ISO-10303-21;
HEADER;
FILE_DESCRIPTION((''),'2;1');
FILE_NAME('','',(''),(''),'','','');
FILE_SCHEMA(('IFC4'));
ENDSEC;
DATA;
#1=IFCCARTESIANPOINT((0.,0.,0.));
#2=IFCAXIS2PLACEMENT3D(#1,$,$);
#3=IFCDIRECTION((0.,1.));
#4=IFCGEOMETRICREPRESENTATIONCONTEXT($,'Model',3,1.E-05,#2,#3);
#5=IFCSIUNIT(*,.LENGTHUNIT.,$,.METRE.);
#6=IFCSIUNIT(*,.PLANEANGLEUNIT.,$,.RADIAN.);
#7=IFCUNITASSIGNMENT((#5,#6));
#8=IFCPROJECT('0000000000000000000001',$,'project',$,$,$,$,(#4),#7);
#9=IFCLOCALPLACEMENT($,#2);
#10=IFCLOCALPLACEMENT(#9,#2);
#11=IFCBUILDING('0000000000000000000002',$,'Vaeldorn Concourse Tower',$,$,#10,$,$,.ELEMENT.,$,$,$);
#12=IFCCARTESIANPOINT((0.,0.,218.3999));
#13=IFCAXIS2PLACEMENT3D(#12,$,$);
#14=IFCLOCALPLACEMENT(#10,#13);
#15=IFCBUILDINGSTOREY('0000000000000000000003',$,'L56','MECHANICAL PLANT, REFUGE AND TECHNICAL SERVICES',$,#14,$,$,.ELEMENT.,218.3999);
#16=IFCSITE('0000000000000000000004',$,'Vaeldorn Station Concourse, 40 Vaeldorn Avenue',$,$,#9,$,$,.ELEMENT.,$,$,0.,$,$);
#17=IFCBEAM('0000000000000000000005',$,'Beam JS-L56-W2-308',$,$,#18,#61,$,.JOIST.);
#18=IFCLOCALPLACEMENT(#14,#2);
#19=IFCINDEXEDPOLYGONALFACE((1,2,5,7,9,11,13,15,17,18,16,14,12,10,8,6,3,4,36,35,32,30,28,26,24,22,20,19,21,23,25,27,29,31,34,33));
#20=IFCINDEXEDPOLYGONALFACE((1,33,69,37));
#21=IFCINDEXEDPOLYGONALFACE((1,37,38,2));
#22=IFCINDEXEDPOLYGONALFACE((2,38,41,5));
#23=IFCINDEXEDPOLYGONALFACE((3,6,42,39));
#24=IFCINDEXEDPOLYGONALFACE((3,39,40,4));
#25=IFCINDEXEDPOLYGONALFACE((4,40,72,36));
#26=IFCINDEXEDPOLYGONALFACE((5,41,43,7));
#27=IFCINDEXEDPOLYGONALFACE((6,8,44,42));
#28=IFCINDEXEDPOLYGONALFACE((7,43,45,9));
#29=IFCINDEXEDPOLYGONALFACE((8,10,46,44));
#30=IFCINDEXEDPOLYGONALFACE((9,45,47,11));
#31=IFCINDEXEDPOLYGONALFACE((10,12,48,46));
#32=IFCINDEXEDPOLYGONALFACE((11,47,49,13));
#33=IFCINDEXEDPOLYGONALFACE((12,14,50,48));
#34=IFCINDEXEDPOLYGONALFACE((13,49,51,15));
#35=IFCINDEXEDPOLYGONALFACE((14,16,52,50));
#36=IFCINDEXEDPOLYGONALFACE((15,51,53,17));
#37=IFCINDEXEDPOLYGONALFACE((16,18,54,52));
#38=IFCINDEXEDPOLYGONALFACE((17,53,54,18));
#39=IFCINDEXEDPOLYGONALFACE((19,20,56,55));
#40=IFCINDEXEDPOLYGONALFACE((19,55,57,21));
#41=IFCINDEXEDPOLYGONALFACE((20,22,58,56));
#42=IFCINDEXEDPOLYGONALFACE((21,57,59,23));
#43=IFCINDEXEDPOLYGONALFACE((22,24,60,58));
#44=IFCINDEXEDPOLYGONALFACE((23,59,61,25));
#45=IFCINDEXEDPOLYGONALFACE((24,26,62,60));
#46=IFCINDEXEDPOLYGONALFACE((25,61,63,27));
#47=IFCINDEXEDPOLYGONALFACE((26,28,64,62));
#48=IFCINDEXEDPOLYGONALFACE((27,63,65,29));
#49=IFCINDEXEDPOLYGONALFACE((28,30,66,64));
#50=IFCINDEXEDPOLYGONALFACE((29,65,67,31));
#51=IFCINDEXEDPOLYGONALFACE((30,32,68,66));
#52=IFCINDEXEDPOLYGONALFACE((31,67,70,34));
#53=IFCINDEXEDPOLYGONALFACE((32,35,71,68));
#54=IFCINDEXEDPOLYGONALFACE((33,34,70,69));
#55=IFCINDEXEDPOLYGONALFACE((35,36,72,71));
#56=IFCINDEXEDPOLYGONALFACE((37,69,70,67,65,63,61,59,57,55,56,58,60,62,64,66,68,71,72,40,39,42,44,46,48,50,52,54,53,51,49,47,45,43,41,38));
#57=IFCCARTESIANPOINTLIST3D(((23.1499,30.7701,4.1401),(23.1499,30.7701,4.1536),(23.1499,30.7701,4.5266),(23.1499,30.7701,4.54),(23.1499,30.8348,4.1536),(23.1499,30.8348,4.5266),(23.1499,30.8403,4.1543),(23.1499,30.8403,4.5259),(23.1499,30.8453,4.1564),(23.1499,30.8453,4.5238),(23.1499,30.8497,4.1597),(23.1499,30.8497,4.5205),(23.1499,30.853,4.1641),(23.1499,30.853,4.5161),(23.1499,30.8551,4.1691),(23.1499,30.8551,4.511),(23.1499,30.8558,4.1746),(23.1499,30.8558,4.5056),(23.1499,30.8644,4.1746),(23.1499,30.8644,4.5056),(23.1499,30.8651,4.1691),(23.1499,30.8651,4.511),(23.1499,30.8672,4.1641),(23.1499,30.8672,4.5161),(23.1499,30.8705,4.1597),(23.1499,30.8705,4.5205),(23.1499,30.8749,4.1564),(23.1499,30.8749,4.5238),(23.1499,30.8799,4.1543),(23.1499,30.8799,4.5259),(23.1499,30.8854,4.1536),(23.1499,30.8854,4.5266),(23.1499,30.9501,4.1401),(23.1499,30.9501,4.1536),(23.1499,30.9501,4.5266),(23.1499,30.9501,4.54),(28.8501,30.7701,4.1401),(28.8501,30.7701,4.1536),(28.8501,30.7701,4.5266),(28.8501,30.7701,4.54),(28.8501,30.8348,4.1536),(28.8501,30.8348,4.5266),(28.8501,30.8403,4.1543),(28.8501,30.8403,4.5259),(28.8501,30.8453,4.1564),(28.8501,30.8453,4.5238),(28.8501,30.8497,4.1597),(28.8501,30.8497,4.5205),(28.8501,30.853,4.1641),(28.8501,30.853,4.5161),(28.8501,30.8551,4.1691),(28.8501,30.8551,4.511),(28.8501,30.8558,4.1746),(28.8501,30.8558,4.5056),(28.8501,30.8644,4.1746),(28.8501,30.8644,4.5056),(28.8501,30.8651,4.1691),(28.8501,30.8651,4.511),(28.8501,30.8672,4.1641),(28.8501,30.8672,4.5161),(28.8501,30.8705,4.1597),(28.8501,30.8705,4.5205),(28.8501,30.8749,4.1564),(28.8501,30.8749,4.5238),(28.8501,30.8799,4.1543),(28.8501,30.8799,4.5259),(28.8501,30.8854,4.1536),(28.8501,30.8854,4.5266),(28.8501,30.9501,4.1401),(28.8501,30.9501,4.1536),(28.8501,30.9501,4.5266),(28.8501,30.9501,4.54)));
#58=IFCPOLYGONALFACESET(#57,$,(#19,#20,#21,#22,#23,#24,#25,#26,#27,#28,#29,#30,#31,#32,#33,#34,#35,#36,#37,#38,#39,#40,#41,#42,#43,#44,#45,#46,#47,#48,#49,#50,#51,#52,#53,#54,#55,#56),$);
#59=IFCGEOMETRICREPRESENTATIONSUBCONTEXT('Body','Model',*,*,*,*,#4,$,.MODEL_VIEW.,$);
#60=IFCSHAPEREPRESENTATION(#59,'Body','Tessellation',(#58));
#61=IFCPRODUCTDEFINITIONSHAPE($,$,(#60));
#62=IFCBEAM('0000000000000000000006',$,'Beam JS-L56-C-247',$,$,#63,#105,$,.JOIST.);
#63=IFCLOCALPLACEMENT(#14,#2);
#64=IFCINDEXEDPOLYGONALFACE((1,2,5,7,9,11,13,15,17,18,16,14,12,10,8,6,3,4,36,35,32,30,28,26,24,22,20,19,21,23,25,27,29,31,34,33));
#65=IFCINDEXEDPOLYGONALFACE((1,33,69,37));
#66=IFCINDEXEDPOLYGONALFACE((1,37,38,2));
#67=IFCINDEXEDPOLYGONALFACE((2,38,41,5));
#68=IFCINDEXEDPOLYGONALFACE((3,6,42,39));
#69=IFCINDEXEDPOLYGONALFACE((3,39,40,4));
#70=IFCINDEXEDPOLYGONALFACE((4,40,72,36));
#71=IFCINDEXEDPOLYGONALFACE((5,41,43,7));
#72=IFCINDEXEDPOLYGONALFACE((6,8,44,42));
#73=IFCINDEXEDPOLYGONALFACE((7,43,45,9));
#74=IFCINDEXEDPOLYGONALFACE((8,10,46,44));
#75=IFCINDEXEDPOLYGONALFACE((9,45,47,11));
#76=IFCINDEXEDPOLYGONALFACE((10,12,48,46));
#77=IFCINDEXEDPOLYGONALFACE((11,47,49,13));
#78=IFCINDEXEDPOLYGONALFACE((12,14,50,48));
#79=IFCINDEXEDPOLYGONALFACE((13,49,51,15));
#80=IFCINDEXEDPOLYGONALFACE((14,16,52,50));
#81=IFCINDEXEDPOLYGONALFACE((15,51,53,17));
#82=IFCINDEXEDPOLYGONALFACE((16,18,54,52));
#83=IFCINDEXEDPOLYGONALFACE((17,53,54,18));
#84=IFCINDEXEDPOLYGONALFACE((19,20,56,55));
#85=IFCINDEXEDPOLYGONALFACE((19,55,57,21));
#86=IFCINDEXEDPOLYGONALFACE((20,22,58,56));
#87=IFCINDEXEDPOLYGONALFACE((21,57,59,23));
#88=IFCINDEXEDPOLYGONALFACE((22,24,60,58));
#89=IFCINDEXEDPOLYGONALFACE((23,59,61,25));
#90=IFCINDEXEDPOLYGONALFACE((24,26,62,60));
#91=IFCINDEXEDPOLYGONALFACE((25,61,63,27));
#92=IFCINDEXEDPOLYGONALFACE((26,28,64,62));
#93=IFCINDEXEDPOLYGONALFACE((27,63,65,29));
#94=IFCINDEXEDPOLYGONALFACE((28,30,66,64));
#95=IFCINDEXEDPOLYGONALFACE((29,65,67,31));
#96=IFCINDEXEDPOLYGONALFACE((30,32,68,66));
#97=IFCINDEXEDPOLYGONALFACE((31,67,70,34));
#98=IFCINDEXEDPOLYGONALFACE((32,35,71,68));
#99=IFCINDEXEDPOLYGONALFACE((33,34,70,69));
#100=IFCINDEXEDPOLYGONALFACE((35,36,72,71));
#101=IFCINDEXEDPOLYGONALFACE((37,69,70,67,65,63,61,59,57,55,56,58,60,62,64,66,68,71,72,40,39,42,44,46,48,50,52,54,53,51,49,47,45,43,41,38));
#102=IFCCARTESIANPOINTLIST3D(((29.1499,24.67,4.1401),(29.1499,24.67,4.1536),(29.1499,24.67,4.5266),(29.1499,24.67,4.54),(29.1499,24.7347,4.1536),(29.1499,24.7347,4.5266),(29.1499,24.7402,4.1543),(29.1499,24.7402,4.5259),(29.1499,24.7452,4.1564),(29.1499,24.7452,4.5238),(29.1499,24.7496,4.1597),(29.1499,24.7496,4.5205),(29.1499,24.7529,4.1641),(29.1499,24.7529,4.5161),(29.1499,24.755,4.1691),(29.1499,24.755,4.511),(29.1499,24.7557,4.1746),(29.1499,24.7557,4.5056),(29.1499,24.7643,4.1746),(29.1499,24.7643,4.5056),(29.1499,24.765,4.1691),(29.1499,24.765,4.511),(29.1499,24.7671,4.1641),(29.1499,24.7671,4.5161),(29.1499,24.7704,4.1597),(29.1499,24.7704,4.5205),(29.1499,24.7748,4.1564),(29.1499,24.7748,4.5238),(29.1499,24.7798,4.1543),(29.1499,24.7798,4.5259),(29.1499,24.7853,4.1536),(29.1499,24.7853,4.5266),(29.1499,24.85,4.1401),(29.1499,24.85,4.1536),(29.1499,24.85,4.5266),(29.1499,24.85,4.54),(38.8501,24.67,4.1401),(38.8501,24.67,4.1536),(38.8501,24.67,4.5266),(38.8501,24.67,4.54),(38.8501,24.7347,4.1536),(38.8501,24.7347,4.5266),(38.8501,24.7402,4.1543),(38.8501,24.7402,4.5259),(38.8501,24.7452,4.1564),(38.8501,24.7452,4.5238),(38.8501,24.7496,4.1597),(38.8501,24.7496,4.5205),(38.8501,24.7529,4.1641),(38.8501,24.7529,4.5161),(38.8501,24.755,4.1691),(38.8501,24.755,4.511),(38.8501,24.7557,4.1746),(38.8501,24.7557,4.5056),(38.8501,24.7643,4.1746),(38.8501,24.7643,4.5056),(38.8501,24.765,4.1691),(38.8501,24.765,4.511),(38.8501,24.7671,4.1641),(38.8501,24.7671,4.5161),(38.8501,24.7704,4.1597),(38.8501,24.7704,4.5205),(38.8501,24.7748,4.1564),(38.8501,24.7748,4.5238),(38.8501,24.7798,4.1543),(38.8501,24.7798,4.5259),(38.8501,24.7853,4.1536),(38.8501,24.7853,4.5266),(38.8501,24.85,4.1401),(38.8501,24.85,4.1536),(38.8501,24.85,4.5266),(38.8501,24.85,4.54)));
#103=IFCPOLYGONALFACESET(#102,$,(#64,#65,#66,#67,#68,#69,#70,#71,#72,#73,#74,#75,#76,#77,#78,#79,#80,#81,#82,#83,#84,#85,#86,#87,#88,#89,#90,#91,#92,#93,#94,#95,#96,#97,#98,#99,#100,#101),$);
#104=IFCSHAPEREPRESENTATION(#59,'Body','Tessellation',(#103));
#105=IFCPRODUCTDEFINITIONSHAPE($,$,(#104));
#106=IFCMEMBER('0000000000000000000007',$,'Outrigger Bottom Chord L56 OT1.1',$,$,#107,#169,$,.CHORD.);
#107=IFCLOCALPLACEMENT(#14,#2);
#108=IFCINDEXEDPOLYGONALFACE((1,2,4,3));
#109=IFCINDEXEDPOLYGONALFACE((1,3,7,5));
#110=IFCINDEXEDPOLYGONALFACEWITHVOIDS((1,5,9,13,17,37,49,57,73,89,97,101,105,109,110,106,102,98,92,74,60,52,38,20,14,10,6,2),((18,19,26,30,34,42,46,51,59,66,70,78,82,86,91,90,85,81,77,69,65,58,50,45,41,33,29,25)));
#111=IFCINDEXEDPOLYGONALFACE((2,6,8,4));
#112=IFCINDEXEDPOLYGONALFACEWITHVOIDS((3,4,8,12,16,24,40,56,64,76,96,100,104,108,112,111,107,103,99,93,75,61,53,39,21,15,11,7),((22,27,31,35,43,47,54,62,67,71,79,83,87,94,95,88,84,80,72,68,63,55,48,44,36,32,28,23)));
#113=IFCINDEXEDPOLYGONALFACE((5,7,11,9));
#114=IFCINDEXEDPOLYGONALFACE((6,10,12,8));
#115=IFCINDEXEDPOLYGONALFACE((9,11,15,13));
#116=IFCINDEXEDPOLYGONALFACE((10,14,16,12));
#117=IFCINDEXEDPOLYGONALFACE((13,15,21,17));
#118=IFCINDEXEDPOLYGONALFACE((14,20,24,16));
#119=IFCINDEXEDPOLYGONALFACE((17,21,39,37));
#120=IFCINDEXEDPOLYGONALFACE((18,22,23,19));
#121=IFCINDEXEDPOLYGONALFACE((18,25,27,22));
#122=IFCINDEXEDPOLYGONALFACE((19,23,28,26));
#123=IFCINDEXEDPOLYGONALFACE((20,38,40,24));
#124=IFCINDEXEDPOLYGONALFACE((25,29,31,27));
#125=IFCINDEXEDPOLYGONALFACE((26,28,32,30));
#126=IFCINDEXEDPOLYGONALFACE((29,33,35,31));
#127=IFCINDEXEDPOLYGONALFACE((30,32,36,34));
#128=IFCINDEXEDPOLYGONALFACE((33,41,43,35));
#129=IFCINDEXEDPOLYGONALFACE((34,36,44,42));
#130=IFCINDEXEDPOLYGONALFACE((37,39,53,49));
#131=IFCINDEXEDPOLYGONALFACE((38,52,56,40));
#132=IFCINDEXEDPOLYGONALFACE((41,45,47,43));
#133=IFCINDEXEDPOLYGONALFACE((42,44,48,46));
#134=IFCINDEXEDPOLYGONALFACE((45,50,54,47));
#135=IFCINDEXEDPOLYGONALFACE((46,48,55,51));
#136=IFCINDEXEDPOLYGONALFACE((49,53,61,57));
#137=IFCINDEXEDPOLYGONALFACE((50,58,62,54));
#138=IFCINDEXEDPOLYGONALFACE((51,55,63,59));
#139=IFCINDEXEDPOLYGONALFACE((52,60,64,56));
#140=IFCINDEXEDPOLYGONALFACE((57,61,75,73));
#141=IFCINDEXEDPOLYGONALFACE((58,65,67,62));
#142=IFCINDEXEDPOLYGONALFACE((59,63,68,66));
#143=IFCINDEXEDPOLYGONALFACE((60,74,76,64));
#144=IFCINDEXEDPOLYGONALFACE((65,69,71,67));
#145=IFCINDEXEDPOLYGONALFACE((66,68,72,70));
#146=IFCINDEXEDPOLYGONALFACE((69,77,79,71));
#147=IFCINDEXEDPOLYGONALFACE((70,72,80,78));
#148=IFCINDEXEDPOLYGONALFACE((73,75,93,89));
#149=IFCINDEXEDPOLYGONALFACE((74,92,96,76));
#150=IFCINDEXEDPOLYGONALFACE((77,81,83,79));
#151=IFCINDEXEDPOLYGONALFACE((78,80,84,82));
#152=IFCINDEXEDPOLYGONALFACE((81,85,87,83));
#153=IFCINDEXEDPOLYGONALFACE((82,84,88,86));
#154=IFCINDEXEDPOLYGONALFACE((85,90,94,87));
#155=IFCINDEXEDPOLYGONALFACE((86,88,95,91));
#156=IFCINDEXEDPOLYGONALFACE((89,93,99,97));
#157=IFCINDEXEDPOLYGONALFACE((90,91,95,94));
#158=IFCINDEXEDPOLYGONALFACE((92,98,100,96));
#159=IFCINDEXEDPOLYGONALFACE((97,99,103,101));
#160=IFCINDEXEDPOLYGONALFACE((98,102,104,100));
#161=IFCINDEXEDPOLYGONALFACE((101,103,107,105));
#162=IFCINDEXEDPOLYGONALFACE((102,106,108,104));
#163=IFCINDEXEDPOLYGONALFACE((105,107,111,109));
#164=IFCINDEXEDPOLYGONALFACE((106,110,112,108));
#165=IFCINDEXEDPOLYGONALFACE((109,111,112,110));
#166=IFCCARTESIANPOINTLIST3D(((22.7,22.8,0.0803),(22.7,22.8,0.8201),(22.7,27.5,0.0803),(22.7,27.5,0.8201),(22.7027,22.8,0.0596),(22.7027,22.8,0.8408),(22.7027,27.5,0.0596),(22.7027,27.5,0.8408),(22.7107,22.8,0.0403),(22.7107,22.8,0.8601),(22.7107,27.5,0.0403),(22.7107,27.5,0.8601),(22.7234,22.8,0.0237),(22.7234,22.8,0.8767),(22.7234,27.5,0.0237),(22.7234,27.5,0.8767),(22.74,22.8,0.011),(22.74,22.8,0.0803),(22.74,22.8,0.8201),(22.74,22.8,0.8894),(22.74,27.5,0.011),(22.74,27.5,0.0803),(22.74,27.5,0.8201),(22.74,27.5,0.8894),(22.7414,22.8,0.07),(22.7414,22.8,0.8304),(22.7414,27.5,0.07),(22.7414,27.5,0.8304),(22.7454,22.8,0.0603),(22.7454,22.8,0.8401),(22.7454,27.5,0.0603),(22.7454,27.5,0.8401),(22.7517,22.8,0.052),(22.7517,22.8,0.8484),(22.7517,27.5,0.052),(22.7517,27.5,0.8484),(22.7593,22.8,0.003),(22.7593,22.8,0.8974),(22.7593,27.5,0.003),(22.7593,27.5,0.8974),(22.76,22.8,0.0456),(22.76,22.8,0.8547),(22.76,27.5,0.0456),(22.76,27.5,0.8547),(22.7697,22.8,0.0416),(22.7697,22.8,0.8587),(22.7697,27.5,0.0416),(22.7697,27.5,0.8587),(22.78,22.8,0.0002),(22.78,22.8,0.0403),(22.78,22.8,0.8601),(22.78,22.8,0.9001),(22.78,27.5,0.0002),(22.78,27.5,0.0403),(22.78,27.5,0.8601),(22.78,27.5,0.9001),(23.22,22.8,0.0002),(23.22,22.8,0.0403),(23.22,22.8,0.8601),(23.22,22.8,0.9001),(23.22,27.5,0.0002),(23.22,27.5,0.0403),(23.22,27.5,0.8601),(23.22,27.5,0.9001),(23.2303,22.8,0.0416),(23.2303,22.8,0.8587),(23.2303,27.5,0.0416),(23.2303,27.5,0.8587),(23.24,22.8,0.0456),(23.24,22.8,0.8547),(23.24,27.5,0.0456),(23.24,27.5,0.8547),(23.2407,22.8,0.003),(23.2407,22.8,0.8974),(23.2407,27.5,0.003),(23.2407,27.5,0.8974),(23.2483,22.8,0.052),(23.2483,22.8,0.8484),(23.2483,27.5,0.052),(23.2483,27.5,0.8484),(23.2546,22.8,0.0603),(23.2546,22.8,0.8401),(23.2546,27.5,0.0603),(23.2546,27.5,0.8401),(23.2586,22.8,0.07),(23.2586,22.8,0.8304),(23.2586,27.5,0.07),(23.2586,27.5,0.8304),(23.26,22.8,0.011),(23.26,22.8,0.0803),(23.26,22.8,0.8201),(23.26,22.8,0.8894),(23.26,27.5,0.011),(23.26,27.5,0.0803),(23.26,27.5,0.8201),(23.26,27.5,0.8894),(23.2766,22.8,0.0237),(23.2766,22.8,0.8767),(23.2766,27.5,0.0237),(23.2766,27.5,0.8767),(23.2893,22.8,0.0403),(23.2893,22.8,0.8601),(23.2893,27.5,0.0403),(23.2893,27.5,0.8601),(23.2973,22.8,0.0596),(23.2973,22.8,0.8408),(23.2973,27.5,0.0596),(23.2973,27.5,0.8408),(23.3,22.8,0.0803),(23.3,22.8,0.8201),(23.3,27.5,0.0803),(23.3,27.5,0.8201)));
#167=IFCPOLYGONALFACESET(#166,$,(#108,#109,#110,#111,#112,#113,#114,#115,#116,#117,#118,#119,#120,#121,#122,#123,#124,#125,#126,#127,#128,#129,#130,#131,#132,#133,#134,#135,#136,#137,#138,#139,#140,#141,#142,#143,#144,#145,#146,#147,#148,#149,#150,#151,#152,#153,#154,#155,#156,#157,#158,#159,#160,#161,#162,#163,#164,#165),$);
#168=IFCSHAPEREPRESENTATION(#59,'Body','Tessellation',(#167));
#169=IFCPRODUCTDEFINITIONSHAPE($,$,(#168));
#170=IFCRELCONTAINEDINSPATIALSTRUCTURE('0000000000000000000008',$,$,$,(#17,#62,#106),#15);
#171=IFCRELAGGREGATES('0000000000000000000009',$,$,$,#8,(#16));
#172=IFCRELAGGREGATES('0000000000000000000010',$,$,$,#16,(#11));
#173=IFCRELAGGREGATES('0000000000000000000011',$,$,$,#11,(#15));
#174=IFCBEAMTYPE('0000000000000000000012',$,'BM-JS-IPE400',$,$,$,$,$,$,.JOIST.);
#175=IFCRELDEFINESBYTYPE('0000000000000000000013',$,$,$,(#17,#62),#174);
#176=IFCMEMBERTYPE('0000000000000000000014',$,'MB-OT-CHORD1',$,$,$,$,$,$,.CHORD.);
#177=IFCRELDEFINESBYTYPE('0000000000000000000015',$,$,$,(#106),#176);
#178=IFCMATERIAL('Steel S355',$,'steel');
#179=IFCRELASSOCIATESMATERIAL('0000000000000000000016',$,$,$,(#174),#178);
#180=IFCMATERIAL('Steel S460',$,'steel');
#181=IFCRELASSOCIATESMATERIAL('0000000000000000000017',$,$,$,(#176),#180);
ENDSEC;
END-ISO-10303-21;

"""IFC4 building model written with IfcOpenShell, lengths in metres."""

from ifc_helpers import new_model, si_unit, direction, frame, origin, origin_2d, place, context, subcontext, project, spatial, hollow_rectangle, i_section, extrude, source, transform, mapped, material, material_profile, profile_set, type_object, element, save


model = new_model("IFC4")

# Units and contexts
model_context = context("Model", 3, precision=1e-05, world=origin(), true_north=direction((0.0, 1.0)))
body_context = subcontext(model_context, "Body", "Model", "MODEL_VIEW")
ifc_project = project(units=[si_unit("LENGTHUNIT", "METRE"), si_unit("PLANEANGLEUNIT", "RADIAN")], contexts=[model_context])

# Site, building, storey
site_placement = place(None, origin())
site = spatial("IfcSite", under=ifc_project, at=site_placement, Name="Vaeldorn Station Concourse, 40 Vaeldorn Avenue", CompositionType="ELEMENT", RefElevation=0.0)
building_placement = place(site_placement, origin())
building = spatial("IfcBuilding", under=site, at=building_placement, Name="Vaeldorn Concourse Tower", CompositionType="ELEMENT")
storey_placement = place(building_placement, frame((0.0, 0.0, 218.3999)))
storey = spatial("IfcBuildingStorey", under=building, at=storey_placement, Name="L56", Description="MECHANICAL PLANT, REFUGE AND TECHNICAL SERVICES", CompositionType="ELEMENT", Elevation=218.3999)

# Shared definitions
ifc_material_1 = material(Name="Steel S355", Category="steel")

# Beams
ifc_material_profile_1 = material_profile(ifc_material_1, i_section(OverallWidth=0.1799, OverallDepth=0.3999, WebThickness=0.0085, FlangeThickness=0.0134, FilletRadius=0.021, at=origin_2d()), Name="IPE 400")
ifc_profile_set_1 = profile_set([ifc_material_profile_1], Name="Steel S355")
beam_type_1 = type_object("IfcBeamType", Name="BM-JS-IPE400", PredefinedType="JOIST", material=ifc_profile_set_1)
shared_shape_1 = source(origin(), body_context, "Body", "SweptSolid", [
    extrude(i_section(OverallWidth=0.1799, OverallDepth=0.3999, WebThickness=0.0085, FlangeThickness=0.0134, FilletRadius=0.021, at=origin_2d()), origin(), (0.0, 0.0, 1.0), 5.7002),
])
beam_1_placement = place(storey_placement, frame((23.1499, 30.8601, 4.3401), z_axis=(1.0, 0.0, 0.0), x_axis=(0.0, 1.0, 0.0)))
element("IfcBeam", 1, at=beam_1_placement, inside=storey, type_object=beam_type_1, Name="Beam JS-L56-W2-308", PredefinedType="JOIST", context=body_context, shape_type="MappedRepresentation", body=[
    mapped(shared_shape_1, transform((0.0, 0.0, 0.0), scale=1.0)),
])
shared_shape_2 = source(origin(), body_context, "Body", "SweptSolid", [
    extrude(i_section(OverallWidth=0.1799, OverallDepth=0.3999, WebThickness=0.0085, FlangeThickness=0.0134, FilletRadius=0.021, at=origin_2d()), origin(), (0.0, 0.0, 1.0), 9.7002),
])
beam_2_placement = place(storey_placement, frame((29.1499, 24.76, 4.3401), z_axis=(1.0, 0.0, 0.0), x_axis=(0.0, 1.0, 0.0)))
element("IfcBeam", 2, at=beam_2_placement, inside=storey, type_object=beam_type_1, Name="Beam JS-L56-C-247", PredefinedType="JOIST", context=body_context, shape_type="MappedRepresentation", body=[
    mapped(shared_shape_2, transform((0.0, 0.0, 0.0), scale=1.0)),
])

# Member
ifc_material_2 = material(Name="Steel S460", Category="steel")
ifc_material_profile_2 = material_profile(ifc_material_2, hollow_rectangle(XDim=0.6001, YDim=0.8999, WallThickness=0.04, InnerFilletRadius=0.04, OuterFilletRadius=0.0801, at=origin_2d()), Name="RHS 900x600x40")
ifc_profile_set_2 = profile_set([ifc_material_profile_2], Name="Steel S460")
member_type_1 = type_object("IfcMemberType", Name="MB-OT-CHORD1", PredefinedType="CHORD", material=ifc_profile_set_2)
shared_shape_3 = source(origin(), body_context, "Body", "SweptSolid", [
    extrude(hollow_rectangle(XDim=0.6001, YDim=0.8999, WallThickness=0.04, InnerFilletRadius=0.04, OuterFilletRadius=0.0801, at=origin_2d()), origin(), (0.0, 0.0, 1.0), 4.7),
])
member_1_placement = place(storey_placement, frame((23.0, 27.5, 0.4502), z_axis=(0.0, -1.0, 0.0), x_axis=(1.0, 0.0, 0.0)))
element("IfcMember", 3, at=member_1_placement, inside=storey, type_object=member_type_1, Name="Outrigger Bottom Chord L56 OT1.1", PredefinedType="CHORD", context=body_context, shape_type="MappedRepresentation", body=[
    mapped(shared_shape_3, transform((0.0, 0.0, 0.0), scale=1.0)),
])

save(model, "model.ifc")
